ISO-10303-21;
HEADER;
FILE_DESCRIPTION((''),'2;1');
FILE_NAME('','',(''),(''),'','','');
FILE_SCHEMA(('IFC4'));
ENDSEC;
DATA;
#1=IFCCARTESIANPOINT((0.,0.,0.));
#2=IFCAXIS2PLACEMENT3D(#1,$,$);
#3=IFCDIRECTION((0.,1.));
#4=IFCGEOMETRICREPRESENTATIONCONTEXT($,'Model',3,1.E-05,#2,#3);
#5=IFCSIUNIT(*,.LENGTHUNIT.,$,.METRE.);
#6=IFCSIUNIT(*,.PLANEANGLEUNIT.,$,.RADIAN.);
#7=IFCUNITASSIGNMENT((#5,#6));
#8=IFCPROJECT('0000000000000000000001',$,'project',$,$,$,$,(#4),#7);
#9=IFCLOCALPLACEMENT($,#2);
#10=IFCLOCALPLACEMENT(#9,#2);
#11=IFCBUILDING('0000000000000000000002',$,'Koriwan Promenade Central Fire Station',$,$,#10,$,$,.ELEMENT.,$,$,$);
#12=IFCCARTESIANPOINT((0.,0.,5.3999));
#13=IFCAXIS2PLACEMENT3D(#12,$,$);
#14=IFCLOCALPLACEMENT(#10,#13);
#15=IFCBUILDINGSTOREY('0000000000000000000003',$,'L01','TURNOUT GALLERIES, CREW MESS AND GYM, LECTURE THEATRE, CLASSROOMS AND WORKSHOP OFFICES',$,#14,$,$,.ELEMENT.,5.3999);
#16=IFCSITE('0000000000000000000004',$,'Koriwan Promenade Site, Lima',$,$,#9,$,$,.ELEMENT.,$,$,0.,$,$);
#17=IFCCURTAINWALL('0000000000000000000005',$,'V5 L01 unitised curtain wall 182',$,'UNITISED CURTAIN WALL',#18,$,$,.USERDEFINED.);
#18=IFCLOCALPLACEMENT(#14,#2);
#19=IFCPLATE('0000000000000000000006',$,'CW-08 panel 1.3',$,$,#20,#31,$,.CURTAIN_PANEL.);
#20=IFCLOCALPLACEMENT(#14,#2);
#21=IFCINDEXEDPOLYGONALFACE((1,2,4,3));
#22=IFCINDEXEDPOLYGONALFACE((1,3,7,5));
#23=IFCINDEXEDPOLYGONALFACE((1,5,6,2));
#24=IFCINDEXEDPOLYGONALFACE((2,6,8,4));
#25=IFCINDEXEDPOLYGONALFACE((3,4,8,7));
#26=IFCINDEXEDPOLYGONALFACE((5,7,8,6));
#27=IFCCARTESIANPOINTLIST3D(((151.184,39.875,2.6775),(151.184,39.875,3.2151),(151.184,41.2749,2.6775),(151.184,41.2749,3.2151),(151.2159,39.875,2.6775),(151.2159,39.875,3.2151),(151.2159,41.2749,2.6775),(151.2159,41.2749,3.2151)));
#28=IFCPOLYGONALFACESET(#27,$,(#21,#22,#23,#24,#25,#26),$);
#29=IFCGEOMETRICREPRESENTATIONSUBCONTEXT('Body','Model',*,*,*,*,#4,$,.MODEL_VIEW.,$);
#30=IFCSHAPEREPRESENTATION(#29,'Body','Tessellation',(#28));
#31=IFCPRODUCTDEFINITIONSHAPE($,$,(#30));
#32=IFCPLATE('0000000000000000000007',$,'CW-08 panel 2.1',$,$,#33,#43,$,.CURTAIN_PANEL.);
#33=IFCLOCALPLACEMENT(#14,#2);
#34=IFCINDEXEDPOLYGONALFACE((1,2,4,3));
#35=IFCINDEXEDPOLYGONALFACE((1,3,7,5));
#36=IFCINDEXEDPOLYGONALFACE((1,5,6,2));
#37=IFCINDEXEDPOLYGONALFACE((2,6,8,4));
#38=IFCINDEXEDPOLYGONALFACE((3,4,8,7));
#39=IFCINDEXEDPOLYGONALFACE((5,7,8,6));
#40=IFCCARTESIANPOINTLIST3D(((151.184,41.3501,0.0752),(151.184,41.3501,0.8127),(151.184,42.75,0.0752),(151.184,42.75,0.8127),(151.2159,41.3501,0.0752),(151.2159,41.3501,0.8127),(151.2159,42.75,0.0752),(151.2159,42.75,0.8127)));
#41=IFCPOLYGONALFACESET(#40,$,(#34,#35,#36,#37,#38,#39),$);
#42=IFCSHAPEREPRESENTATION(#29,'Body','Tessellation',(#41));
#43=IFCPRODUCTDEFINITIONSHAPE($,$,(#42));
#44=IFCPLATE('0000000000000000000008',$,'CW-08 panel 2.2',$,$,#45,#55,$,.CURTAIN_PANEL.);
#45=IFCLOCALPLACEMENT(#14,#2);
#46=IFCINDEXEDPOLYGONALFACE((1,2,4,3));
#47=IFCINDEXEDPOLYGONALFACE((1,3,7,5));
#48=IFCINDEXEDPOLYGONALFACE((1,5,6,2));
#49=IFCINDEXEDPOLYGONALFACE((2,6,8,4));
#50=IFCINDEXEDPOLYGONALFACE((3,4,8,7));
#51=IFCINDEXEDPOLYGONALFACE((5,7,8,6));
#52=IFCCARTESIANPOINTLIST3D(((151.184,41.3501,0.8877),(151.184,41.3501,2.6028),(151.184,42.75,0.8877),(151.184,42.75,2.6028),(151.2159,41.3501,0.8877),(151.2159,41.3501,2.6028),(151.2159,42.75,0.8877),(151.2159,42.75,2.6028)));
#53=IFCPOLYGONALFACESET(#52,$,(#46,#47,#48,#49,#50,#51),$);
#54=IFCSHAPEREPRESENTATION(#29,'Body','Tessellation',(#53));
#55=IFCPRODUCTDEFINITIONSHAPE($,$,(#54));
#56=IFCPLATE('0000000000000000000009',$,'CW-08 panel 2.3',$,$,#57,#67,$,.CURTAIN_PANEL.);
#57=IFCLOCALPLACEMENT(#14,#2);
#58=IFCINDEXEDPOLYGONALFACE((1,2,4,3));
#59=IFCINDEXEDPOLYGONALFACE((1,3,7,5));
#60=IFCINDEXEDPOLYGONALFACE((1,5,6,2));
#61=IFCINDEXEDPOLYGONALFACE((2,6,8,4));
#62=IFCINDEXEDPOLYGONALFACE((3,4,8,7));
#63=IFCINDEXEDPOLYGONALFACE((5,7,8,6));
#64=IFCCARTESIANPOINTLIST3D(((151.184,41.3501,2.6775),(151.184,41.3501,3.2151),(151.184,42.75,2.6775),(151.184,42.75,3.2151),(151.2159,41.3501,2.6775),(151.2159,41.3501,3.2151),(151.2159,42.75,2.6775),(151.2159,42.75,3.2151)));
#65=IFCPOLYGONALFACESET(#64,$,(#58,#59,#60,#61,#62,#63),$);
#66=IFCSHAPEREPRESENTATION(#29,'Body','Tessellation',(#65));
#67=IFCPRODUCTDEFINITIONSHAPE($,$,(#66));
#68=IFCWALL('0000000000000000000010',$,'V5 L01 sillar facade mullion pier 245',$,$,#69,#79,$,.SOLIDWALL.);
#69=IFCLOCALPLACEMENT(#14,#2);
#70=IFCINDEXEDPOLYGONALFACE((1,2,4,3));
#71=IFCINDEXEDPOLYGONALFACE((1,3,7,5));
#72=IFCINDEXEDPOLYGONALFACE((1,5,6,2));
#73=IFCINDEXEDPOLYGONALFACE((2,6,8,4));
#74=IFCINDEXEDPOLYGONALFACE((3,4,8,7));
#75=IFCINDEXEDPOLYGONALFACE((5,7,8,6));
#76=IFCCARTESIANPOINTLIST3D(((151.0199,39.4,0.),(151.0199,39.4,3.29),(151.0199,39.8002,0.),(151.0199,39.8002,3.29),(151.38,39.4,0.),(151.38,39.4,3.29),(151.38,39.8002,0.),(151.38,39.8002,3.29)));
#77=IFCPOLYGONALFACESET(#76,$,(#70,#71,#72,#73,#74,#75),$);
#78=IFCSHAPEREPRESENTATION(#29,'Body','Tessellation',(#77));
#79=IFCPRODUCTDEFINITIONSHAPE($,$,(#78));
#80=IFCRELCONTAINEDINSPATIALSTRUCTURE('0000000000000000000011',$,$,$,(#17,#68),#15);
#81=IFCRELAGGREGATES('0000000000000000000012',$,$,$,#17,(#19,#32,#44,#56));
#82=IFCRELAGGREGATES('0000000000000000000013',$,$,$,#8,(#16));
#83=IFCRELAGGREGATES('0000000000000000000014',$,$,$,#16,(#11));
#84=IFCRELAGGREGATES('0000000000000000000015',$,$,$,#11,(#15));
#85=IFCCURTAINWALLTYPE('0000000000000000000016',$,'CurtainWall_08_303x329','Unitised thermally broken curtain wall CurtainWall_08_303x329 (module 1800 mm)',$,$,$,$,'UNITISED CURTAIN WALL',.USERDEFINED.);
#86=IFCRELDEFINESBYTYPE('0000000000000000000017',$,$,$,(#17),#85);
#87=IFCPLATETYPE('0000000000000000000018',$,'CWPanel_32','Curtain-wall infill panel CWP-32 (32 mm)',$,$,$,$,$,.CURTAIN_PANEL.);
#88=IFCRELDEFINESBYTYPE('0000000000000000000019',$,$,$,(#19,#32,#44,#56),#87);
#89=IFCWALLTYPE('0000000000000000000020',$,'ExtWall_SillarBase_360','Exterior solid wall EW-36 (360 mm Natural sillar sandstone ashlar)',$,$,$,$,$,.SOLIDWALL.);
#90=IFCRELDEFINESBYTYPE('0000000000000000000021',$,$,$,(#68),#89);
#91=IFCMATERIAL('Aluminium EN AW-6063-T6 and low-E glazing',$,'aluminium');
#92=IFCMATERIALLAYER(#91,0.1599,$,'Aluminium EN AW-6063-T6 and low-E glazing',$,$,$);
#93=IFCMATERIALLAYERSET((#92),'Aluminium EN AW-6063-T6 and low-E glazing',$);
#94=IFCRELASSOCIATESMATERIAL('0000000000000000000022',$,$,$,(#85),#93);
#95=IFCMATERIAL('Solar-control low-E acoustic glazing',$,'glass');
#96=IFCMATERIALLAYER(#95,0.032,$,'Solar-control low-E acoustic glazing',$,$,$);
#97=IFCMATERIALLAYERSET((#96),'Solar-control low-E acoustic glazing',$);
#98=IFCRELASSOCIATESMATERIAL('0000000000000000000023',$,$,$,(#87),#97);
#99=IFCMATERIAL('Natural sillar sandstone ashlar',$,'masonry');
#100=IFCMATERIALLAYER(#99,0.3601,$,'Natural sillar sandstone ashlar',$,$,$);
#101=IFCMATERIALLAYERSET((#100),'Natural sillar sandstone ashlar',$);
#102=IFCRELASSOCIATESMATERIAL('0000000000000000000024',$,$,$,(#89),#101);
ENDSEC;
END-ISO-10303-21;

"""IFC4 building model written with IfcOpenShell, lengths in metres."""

from ifc_helpers import new_model, si_unit, direction, frame, frame_2d, origin, origin_2d, place, context, subcontext, project, spatial, rectangle, extrude, material, layer, layer_set, type_object, element, aggregate, save


model = new_model("IFC4")

# Units and contexts
model_context = context("Model", 3, precision=1e-05, world=origin(), true_north=direction((0.0, 1.0)))
body_context = subcontext(model_context, "Body", "Model", "MODEL_VIEW")
ifc_project = project(units=[si_unit("LENGTHUNIT", "METRE"), si_unit("PLANEANGLEUNIT", "RADIAN")], contexts=[model_context])

# Site, building, storey
site_placement = place(None, origin())
site = spatial("IfcSite", under=ifc_project, at=site_placement, Name="Koriwan Promenade Site, Lima", CompositionType="ELEMENT", RefElevation=0.0)
building_placement = place(site_placement, origin())
building = spatial("IfcBuilding", under=site, at=building_placement, Name="Koriwan Promenade Central Fire Station", CompositionType="ELEMENT")
storey_placement = place(building_placement, frame((0.0, 0.0, 5.3999)))
storey = spatial("IfcBuildingStorey", under=building, at=storey_placement, Name="L01", Description="TURNOUT GALLERIES, CREW MESS AND GYM, LECTURE THEATRE, CLASSROOMS AND WORKSHOP OFFICES", CompositionType="ELEMENT", Elevation=5.3999)

# Curtain wall
ifc_material_1 = material(Name="Aluminium EN AW-6063-T6 and low-E glazing", Category="aluminium")
ifc_layer_1 = layer(ifc_material_1, 0.1599, Name="Aluminium EN AW-6063-T6 and low-E glazing")
ifc_layer_set_1 = layer_set([ifc_layer_1], Name="Aluminium EN AW-6063-T6 and low-E glazing")
curtain_wall_type_1 = type_object("IfcCurtainWallType", Name="CurtainWall_08_303x329", Description="Unitised thermally broken curtain wall CurtainWall_08_303x329 (module 1800 mm)", ElementType="UNITISED CURTAIN WALL", PredefinedType="USERDEFINED", material=ifc_layer_set_1)
curtain_wall_1_placement = place(storey_placement, origin())
curtain_wall_1 = element("IfcCurtainWall", 1, at=curtain_wall_1_placement, inside=storey, type_object=curtain_wall_type_1, Name="V5 L01 unitised curtain wall 182", ObjectType="UNITISED CURTAIN WALL", PredefinedType="USERDEFINED")

# Plates
ifc_material_2 = material(Name="Solar-control low-E acoustic glazing", Category="glass")
ifc_layer_2 = layer(ifc_material_2, 0.032, Name="Solar-control low-E acoustic glazing")
ifc_layer_set_2 = layer_set([ifc_layer_2], Name="Solar-control low-E acoustic glazing")
plate_type = type_object("IfcPlateType", Name="CWPanel_32", Description="Curtain-wall infill panel CWP-32 (32 mm)", PredefinedType="CURTAIN_PANEL", material=ifc_layer_set_2)
plate_1_placement = place(storey_placement, frame((151.2, 40.575, 2.6775), z_axis=(0.0, 0.0, 1.0), x_axis=(0.0, 1.0, 0.0)))
plate_1 = element("IfcPlate", 2, at=plate_1_placement, type_object=plate_type, Name="CW-08 panel 1.3", PredefinedType="CURTAIN_PANEL", context=body_context, shape_type="SweptSolid", body=[
    extrude(rectangle(XDim=1.3999, YDim=0.032, at=origin_2d()), origin(), (0.0, 0.0, 1.0), 0.5376),
])
plate_2_placement = place(storey_placement, frame((151.2, 42.05, 0.0752), z_axis=(0.0, 0.0, 1.0), x_axis=(0.0, 1.0, 0.0)))
plate_2 = element("IfcPlate", 3, at=plate_2_placement, type_object=plate_type, Name="CW-08 panel 2.1", PredefinedType="CURTAIN_PANEL", context=body_context, shape_type="SweptSolid", body=[
    extrude(rectangle(XDim=1.3999, YDim=0.032, at=origin_2d()), origin(), (0.0, 0.0, 1.0), 0.7375),
])
plate_3_placement = place(storey_placement, frame((151.2, 42.05, 0.8877), z_axis=(0.0, 0.0, 1.0), x_axis=(0.0, 1.0, 0.0)))
plate_3 = element("IfcPlate", 4, at=plate_3_placement, type_object=plate_type, Name="CW-08 panel 2.2", PredefinedType="CURTAIN_PANEL", context=body_context, shape_type="SweptSolid", body=[
    extrude(rectangle(XDim=1.3999, YDim=0.032, at=origin_2d()), origin(), (0.0, 0.0, 1.0), 1.7151),
])
plate_4_placement = place(storey_placement, frame((151.2, 42.05, 2.6775), z_axis=(0.0, 0.0, 1.0), x_axis=(0.0, 1.0, 0.0)))
plate_4 = element("IfcPlate", 5, at=plate_4_placement, type_object=plate_type, Name="CW-08 panel 2.3", PredefinedType="CURTAIN_PANEL", context=body_context, shape_type="SweptSolid", body=[
    extrude(rectangle(XDim=1.3999, YDim=0.032, at=origin_2d()), origin(), (0.0, 0.0, 1.0), 0.5376),
])
aggregate(curtain_wall_1, [plate_1, plate_2, plate_3, plate_4])

# Wall
ifc_material_3 = material(Name="Natural sillar sandstone ashlar", Category="masonry")
ifc_layer_3 = layer(ifc_material_3, 0.3601, Name="Natural sillar sandstone ashlar")
ifc_layer_set_3 = layer_set([ifc_layer_3], Name="Natural sillar sandstone ashlar")
wall_type = type_object("IfcWallType", Name="ExtWall_SillarBase_360", Description="Exterior solid wall EW-36 (360 mm Natural sillar sandstone ashlar)", PredefinedType="SOLIDWALL", material=ifc_layer_set_3)
wall_placement = place(storey_placement, frame((151.2, 39.3999, 0.0), z_axis=(0.0, 0.0, 1.0), x_axis=(0.0, 1.0, 0.0)))
element("IfcWall", 6, at=wall_placement, inside=storey, type_object=wall_type, Name="V5 L01 sillar facade mullion pier 245", PredefinedType="SOLIDWALL", context=body_context, shape_type="SweptSolid", body=[
    extrude(rectangle(XDim=0.4001, YDim=0.3601, at=frame_2d((0.2002, 0.0))), origin(), (0.0, 0.0, 1.0), 3.29),
])

save(model, "model.ifc")
